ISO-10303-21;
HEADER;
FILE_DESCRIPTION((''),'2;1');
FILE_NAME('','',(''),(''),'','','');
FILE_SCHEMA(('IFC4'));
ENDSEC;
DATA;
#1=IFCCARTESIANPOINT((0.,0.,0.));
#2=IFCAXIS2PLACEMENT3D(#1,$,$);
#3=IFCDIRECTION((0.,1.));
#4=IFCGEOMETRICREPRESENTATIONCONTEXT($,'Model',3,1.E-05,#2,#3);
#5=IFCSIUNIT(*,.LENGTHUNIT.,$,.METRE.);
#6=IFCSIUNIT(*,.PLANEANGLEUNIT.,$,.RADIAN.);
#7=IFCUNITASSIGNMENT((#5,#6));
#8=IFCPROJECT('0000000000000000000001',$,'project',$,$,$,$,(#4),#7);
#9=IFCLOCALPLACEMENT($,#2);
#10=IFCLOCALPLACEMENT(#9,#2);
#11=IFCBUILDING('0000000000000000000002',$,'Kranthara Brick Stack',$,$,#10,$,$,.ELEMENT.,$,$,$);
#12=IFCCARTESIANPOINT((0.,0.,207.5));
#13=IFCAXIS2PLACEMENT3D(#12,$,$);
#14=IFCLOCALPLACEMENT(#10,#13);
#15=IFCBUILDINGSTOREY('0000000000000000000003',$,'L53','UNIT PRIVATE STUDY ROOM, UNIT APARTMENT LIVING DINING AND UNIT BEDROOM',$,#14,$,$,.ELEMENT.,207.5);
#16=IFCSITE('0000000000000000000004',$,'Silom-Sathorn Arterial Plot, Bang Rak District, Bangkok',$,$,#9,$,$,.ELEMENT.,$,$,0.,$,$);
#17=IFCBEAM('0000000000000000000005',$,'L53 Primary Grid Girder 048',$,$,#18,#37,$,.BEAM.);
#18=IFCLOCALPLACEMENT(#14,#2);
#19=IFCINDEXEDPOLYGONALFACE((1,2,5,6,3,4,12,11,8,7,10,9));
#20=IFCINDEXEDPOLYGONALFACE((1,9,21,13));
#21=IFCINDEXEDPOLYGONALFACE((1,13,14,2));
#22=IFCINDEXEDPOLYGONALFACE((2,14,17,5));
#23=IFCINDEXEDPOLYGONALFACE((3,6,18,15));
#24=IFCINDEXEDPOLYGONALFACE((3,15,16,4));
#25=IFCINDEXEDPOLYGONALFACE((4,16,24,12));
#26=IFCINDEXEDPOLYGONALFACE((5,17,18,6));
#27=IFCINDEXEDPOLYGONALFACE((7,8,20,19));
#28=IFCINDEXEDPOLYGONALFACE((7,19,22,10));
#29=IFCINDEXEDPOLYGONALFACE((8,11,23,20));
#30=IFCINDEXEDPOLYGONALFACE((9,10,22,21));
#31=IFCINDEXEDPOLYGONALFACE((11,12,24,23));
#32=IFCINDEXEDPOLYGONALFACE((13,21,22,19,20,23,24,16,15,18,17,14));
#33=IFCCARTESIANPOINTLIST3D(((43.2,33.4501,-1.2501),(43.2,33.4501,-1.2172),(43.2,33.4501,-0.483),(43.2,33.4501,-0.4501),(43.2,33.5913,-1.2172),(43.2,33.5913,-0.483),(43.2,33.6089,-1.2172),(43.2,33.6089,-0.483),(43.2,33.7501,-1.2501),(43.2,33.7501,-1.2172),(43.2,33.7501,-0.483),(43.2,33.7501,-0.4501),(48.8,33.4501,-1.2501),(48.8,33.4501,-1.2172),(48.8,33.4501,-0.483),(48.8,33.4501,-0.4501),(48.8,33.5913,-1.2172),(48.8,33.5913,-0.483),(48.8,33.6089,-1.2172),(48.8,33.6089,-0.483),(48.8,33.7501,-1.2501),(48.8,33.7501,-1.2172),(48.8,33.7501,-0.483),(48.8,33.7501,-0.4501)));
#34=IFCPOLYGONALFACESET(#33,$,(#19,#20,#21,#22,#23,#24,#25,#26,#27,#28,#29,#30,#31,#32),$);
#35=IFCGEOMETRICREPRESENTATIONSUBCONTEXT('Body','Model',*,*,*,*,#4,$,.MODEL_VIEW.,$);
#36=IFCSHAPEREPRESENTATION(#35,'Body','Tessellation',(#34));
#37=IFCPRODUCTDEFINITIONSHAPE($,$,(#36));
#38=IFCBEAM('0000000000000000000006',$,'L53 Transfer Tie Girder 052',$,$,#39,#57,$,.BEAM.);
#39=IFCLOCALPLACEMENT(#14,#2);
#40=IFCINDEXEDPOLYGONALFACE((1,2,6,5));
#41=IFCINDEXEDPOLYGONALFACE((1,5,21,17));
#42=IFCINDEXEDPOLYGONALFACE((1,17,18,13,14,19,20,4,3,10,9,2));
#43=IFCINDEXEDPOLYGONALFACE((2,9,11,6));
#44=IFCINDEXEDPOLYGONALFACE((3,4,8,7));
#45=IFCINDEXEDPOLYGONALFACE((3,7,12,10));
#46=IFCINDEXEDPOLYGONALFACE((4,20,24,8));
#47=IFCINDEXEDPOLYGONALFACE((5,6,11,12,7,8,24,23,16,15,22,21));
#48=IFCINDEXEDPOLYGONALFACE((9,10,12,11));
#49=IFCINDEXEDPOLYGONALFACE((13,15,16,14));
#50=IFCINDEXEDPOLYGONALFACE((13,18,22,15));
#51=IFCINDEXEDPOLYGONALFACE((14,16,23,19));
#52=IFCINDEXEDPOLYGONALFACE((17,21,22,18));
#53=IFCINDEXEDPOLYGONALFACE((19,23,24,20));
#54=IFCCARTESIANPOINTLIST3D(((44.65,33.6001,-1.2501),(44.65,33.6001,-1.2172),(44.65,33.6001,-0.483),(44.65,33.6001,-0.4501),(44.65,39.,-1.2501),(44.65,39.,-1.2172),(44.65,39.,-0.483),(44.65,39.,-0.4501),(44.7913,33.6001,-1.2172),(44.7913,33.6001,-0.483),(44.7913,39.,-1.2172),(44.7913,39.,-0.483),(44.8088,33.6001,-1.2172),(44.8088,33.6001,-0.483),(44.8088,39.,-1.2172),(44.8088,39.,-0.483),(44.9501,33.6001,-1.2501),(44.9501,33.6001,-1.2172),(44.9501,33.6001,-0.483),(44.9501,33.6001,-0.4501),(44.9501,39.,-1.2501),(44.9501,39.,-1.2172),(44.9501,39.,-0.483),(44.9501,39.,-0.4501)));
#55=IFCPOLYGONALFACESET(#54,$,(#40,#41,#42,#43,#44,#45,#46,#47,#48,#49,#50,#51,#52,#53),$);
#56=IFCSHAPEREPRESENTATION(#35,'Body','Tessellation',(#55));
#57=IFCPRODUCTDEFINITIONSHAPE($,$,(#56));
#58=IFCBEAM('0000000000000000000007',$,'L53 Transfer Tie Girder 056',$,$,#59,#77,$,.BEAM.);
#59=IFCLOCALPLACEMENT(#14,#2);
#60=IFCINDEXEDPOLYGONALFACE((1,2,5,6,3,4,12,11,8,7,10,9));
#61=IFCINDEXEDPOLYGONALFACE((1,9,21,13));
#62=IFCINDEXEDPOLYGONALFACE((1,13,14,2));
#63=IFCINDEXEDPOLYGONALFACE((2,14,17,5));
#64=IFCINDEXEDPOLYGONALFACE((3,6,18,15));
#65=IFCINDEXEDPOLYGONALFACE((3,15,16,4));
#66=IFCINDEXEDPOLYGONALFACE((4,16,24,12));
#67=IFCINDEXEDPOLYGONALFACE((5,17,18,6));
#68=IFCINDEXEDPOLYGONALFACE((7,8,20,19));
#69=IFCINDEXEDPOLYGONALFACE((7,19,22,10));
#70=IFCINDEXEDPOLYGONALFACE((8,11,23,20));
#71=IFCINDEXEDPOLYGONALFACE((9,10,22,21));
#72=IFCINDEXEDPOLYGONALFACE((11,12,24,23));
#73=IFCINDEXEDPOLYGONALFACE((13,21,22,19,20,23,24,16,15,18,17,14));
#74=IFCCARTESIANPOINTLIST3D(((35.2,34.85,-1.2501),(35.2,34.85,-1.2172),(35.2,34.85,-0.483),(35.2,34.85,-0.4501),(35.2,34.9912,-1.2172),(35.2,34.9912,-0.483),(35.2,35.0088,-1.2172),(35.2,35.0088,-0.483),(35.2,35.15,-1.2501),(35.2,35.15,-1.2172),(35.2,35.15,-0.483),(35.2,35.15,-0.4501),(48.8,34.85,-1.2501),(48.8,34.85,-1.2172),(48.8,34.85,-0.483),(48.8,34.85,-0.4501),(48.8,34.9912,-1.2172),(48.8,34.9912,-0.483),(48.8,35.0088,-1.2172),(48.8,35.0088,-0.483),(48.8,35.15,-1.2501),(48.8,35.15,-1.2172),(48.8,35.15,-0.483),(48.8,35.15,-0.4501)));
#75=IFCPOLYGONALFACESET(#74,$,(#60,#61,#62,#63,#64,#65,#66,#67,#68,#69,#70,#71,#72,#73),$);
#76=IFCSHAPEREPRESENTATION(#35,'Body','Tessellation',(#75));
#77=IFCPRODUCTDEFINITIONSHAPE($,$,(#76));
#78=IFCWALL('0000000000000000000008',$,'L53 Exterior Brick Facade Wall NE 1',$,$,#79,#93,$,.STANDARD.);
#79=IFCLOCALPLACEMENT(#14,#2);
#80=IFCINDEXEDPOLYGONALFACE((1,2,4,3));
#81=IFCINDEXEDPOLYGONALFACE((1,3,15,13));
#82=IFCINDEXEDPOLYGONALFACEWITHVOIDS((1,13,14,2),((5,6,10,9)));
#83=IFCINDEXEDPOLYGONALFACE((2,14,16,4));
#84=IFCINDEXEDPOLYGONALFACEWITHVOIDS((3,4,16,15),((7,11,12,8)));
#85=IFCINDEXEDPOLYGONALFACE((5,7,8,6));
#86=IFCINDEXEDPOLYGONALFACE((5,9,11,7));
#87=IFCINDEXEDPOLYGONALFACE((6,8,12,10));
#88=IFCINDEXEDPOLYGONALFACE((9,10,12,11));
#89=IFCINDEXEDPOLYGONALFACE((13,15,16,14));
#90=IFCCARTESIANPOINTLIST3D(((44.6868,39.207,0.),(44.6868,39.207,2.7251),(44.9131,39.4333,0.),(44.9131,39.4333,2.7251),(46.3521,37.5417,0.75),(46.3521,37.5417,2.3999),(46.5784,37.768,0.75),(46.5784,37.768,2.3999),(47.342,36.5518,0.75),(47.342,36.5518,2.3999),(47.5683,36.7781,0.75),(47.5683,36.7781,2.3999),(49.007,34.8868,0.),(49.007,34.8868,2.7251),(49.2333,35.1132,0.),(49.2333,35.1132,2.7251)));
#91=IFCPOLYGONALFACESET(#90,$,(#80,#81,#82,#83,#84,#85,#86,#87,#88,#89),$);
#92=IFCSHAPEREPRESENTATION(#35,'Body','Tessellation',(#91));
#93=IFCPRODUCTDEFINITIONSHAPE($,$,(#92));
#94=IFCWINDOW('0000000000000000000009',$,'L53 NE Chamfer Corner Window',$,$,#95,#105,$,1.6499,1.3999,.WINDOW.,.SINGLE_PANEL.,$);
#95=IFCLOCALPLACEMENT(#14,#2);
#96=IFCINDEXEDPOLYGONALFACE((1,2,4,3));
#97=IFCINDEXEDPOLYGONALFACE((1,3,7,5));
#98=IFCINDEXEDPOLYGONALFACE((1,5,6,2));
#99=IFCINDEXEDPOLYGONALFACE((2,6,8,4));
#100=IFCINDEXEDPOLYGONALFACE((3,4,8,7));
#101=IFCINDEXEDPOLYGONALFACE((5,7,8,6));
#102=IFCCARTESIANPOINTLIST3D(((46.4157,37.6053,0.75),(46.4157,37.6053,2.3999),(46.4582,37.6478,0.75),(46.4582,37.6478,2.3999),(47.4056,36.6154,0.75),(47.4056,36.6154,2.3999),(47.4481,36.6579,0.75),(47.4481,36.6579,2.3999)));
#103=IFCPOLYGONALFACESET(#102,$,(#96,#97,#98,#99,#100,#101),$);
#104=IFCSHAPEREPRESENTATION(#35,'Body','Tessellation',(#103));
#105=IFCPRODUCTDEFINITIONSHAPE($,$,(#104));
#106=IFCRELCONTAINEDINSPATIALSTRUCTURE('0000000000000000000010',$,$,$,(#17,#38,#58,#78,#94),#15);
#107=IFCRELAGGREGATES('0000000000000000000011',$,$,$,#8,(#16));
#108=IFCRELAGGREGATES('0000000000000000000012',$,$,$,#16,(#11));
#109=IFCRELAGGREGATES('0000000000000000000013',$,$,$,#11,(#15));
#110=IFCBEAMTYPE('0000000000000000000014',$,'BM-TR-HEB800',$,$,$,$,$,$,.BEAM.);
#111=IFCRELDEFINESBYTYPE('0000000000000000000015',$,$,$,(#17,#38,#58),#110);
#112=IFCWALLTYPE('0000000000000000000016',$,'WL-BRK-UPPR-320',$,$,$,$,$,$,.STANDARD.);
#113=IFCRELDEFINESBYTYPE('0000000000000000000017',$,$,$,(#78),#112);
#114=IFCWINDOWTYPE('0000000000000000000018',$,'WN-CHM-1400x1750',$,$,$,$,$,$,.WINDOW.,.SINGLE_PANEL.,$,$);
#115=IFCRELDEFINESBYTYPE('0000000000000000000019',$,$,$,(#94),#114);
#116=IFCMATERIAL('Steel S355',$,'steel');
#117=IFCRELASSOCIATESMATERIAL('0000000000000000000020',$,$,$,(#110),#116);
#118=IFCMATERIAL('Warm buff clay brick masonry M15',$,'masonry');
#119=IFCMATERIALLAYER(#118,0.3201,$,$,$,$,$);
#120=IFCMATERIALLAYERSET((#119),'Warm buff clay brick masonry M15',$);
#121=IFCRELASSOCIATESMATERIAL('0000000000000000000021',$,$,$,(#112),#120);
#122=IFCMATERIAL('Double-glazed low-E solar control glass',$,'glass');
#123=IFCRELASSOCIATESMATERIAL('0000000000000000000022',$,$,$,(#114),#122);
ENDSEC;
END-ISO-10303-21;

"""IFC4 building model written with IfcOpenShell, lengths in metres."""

from ifc_helpers import new_model, si_unit, direction, frame, frame_2d, origin, origin_2d, place, context, subcontext, project, spatial, rectangle, i_section, extrude, material, layer, layer_set, material_profile, profile_set, type_object, element, fill, save


model = new_model("IFC4")

# Units and contexts
model_context = context("Model", 3, precision=1e-05, world=origin(), true_north=direction((0.0, 1.0)))
body_context = subcontext(model_context, "Body", "Model", "MODEL_VIEW")
ifc_project = project(units=[si_unit("LENGTHUNIT", "METRE"), si_unit("PLANEANGLEUNIT", "RADIAN")], contexts=[model_context])

# Site, building, storey
site_placement = place(None, origin())
site = spatial("IfcSite", under=ifc_project, at=site_placement, Name="Silom-Sathorn Arterial Plot, Bang Rak District, Bangkok", CompositionType="ELEMENT", RefElevation=0.0)
building_placement = place(site_placement, origin())
building = spatial("IfcBuilding", under=site, at=building_placement, Name="Kranthara Brick Stack", CompositionType="ELEMENT")
storey_placement = place(building_placement, frame((0.0, 0.0, 207.5)))
storey = spatial("IfcBuildingStorey", under=building, at=storey_placement, Name="L53", Description="UNIT PRIVATE STUDY ROOM, UNIT APARTMENT LIVING DINING AND UNIT BEDROOM", CompositionType="ELEMENT", Elevation=207.5)

# Beams
ifc_material_1 = material(Name="Steel S355", Category="steel")
ifc_material_profile_1 = material_profile(ifc_material_1, i_section(OverallWidth=0.3, OverallDepth=0.8, WebThickness=0.0176, FlangeThickness=0.033, at=origin_2d()), Name="HEB 800")
ifc_profile_set_1 = profile_set([ifc_material_profile_1], Name="Steel S355")
beam_type_1 = type_object("IfcBeamType", Name="BM-TR-HEB800", PredefinedType="BEAM", material=ifc_profile_set_1)
beam_1_placement = place(storey_placement, frame((43.2, 33.6001, -0.8501), z_axis=(1.0, 0.0, 0.0), x_axis=(0.0, 1.0, 0.0)))
element("IfcBeam", 1, at=beam_1_placement, inside=storey, type_object=beam_type_1, Name="L53 Primary Grid Girder 048", PredefinedType="BEAM", context=body_context, shape_type="SweptSolid", body=[
    extrude(i_section(OverallWidth=0.3, OverallDepth=0.8, WebThickness=0.0176, FlangeThickness=0.033, at=origin_2d()), origin(), (0.0, 0.0, 1.0), 5.6001),
])
beam_2_placement = place(storey_placement, frame((44.8, 39.0, -0.8501), z_axis=(0.0, -1.0, 0.0), x_axis=(1.0, 0.0, 0.0)))
element("IfcBeam", 2, at=beam_2_placement, inside=storey, type_object=beam_type_1, Name="L53 Transfer Tie Girder 052", PredefinedType="BEAM", context=body_context, shape_type="SweptSolid", body=[
    extrude(i_section(OverallWidth=0.3, OverallDepth=0.8, WebThickness=0.0176, FlangeThickness=0.033, at=origin_2d()), origin(), (0.0, 0.0, 1.0), 5.3999),
])
beam_3_placement = place(storey_placement, frame((48.8, 35.0, -0.8501), z_axis=(-1.0, 0.0, 0.0), x_axis=(0.0, -1.0, 0.0)))
element("IfcBeam", 3, at=beam_3_placement, inside=storey, type_object=beam_type_1, Name="L53 Transfer Tie Girder 056", PredefinedType="BEAM", context=body_context, shape_type="SweptSolid", body=[
    extrude(i_section(OverallWidth=0.3, OverallDepth=0.8, WebThickness=0.0176, FlangeThickness=0.033, at=origin_2d()), origin(), (0.0, 0.0, 1.0), 13.6001),
])

# Wall, opening, window
ifc_material_2 = material(Name="Warm buff clay brick masonry M15", Category="masonry")
ifc_layer_1 = layer(ifc_material_2, 0.3201)
ifc_layer_set_1 = layer_set([ifc_layer_1], Name="Warm buff clay brick masonry M15")
wall_type_1 = type_object("IfcWallType", Name="WL-BRK-UPPR-320", PredefinedType="STANDARD", material=ifc_layer_set_1)
wall_1_placement = place(storey_placement, frame((44.8, 39.3201, 0.0), z_axis=(0.0, 0.0, 1.0), x_axis=(0.707107, -0.707107, 0.0)))
wall_1 = element("IfcWall", 4, at=wall_1_placement, inside=storey, type_object=wall_type_1, Name="L53 Exterior Brick Facade Wall NE 1", PredefinedType="STANDARD", context=body_context, shape_type="SweptSolid", body=[
    extrude(rectangle(XDim=6.1096, YDim=0.3201, at=frame_2d((3.0547, 0.0))), origin(), (0.0, 0.0, 1.0), 2.7251),
])
opening_1_placement = place(wall_1_placement, frame((2.355, 0.0, 0.75)))
opening_1 = element("IfcOpeningElement", 5, at=opening_1_placement, cuts=wall_1, PredefinedType="OPENING", context=body_context, shape_type="SweptSolid", body=[
    extrude(rectangle(XDim=1.3999, YDim=1.6499, at=frame_2d((0.7, 0.825))), frame((0.0, 0.1699, 0.0), z_axis=(0.0, -1.0, 0.0), x_axis=(1.0, 0.0, 0.0)), (0.0, 0.0, 1.0), 0.3401),
])
ifc_material_3 = material(Name="Double-glazed low-E solar control glass", Category="glass")
window_type_1 = type_object("IfcWindowType", Name="WN-CHM-1400x1750", PartitioningType="SINGLE_PANEL", PredefinedType="WINDOW", material=ifc_material_3)
window_1_placement = place(opening_1_placement, origin())
window_1 = element("IfcWindow", 6, at=window_1_placement, inside=storey, type_object=window_type_1, Name="L53 NE Chamfer Corner Window", OverallHeight=1.6499, OverallWidth=1.3999, PartitioningType="SINGLE_PANEL", PredefinedType="WINDOW", context=body_context, shape_type="SweptSolid", body=[
    extrude(rectangle(XDim=1.3999, YDim=1.6499, at=frame_2d((0.7, 0.825))), frame((0.0, -0.01, 0.0), z_axis=(0.0, -1.0, 0.0), x_axis=(1.0, 0.0, 0.0)), (0.0, 0.0, 1.0), 0.0601),
])
fill(opening_1, window_1)

save(model, "model.ifc")
